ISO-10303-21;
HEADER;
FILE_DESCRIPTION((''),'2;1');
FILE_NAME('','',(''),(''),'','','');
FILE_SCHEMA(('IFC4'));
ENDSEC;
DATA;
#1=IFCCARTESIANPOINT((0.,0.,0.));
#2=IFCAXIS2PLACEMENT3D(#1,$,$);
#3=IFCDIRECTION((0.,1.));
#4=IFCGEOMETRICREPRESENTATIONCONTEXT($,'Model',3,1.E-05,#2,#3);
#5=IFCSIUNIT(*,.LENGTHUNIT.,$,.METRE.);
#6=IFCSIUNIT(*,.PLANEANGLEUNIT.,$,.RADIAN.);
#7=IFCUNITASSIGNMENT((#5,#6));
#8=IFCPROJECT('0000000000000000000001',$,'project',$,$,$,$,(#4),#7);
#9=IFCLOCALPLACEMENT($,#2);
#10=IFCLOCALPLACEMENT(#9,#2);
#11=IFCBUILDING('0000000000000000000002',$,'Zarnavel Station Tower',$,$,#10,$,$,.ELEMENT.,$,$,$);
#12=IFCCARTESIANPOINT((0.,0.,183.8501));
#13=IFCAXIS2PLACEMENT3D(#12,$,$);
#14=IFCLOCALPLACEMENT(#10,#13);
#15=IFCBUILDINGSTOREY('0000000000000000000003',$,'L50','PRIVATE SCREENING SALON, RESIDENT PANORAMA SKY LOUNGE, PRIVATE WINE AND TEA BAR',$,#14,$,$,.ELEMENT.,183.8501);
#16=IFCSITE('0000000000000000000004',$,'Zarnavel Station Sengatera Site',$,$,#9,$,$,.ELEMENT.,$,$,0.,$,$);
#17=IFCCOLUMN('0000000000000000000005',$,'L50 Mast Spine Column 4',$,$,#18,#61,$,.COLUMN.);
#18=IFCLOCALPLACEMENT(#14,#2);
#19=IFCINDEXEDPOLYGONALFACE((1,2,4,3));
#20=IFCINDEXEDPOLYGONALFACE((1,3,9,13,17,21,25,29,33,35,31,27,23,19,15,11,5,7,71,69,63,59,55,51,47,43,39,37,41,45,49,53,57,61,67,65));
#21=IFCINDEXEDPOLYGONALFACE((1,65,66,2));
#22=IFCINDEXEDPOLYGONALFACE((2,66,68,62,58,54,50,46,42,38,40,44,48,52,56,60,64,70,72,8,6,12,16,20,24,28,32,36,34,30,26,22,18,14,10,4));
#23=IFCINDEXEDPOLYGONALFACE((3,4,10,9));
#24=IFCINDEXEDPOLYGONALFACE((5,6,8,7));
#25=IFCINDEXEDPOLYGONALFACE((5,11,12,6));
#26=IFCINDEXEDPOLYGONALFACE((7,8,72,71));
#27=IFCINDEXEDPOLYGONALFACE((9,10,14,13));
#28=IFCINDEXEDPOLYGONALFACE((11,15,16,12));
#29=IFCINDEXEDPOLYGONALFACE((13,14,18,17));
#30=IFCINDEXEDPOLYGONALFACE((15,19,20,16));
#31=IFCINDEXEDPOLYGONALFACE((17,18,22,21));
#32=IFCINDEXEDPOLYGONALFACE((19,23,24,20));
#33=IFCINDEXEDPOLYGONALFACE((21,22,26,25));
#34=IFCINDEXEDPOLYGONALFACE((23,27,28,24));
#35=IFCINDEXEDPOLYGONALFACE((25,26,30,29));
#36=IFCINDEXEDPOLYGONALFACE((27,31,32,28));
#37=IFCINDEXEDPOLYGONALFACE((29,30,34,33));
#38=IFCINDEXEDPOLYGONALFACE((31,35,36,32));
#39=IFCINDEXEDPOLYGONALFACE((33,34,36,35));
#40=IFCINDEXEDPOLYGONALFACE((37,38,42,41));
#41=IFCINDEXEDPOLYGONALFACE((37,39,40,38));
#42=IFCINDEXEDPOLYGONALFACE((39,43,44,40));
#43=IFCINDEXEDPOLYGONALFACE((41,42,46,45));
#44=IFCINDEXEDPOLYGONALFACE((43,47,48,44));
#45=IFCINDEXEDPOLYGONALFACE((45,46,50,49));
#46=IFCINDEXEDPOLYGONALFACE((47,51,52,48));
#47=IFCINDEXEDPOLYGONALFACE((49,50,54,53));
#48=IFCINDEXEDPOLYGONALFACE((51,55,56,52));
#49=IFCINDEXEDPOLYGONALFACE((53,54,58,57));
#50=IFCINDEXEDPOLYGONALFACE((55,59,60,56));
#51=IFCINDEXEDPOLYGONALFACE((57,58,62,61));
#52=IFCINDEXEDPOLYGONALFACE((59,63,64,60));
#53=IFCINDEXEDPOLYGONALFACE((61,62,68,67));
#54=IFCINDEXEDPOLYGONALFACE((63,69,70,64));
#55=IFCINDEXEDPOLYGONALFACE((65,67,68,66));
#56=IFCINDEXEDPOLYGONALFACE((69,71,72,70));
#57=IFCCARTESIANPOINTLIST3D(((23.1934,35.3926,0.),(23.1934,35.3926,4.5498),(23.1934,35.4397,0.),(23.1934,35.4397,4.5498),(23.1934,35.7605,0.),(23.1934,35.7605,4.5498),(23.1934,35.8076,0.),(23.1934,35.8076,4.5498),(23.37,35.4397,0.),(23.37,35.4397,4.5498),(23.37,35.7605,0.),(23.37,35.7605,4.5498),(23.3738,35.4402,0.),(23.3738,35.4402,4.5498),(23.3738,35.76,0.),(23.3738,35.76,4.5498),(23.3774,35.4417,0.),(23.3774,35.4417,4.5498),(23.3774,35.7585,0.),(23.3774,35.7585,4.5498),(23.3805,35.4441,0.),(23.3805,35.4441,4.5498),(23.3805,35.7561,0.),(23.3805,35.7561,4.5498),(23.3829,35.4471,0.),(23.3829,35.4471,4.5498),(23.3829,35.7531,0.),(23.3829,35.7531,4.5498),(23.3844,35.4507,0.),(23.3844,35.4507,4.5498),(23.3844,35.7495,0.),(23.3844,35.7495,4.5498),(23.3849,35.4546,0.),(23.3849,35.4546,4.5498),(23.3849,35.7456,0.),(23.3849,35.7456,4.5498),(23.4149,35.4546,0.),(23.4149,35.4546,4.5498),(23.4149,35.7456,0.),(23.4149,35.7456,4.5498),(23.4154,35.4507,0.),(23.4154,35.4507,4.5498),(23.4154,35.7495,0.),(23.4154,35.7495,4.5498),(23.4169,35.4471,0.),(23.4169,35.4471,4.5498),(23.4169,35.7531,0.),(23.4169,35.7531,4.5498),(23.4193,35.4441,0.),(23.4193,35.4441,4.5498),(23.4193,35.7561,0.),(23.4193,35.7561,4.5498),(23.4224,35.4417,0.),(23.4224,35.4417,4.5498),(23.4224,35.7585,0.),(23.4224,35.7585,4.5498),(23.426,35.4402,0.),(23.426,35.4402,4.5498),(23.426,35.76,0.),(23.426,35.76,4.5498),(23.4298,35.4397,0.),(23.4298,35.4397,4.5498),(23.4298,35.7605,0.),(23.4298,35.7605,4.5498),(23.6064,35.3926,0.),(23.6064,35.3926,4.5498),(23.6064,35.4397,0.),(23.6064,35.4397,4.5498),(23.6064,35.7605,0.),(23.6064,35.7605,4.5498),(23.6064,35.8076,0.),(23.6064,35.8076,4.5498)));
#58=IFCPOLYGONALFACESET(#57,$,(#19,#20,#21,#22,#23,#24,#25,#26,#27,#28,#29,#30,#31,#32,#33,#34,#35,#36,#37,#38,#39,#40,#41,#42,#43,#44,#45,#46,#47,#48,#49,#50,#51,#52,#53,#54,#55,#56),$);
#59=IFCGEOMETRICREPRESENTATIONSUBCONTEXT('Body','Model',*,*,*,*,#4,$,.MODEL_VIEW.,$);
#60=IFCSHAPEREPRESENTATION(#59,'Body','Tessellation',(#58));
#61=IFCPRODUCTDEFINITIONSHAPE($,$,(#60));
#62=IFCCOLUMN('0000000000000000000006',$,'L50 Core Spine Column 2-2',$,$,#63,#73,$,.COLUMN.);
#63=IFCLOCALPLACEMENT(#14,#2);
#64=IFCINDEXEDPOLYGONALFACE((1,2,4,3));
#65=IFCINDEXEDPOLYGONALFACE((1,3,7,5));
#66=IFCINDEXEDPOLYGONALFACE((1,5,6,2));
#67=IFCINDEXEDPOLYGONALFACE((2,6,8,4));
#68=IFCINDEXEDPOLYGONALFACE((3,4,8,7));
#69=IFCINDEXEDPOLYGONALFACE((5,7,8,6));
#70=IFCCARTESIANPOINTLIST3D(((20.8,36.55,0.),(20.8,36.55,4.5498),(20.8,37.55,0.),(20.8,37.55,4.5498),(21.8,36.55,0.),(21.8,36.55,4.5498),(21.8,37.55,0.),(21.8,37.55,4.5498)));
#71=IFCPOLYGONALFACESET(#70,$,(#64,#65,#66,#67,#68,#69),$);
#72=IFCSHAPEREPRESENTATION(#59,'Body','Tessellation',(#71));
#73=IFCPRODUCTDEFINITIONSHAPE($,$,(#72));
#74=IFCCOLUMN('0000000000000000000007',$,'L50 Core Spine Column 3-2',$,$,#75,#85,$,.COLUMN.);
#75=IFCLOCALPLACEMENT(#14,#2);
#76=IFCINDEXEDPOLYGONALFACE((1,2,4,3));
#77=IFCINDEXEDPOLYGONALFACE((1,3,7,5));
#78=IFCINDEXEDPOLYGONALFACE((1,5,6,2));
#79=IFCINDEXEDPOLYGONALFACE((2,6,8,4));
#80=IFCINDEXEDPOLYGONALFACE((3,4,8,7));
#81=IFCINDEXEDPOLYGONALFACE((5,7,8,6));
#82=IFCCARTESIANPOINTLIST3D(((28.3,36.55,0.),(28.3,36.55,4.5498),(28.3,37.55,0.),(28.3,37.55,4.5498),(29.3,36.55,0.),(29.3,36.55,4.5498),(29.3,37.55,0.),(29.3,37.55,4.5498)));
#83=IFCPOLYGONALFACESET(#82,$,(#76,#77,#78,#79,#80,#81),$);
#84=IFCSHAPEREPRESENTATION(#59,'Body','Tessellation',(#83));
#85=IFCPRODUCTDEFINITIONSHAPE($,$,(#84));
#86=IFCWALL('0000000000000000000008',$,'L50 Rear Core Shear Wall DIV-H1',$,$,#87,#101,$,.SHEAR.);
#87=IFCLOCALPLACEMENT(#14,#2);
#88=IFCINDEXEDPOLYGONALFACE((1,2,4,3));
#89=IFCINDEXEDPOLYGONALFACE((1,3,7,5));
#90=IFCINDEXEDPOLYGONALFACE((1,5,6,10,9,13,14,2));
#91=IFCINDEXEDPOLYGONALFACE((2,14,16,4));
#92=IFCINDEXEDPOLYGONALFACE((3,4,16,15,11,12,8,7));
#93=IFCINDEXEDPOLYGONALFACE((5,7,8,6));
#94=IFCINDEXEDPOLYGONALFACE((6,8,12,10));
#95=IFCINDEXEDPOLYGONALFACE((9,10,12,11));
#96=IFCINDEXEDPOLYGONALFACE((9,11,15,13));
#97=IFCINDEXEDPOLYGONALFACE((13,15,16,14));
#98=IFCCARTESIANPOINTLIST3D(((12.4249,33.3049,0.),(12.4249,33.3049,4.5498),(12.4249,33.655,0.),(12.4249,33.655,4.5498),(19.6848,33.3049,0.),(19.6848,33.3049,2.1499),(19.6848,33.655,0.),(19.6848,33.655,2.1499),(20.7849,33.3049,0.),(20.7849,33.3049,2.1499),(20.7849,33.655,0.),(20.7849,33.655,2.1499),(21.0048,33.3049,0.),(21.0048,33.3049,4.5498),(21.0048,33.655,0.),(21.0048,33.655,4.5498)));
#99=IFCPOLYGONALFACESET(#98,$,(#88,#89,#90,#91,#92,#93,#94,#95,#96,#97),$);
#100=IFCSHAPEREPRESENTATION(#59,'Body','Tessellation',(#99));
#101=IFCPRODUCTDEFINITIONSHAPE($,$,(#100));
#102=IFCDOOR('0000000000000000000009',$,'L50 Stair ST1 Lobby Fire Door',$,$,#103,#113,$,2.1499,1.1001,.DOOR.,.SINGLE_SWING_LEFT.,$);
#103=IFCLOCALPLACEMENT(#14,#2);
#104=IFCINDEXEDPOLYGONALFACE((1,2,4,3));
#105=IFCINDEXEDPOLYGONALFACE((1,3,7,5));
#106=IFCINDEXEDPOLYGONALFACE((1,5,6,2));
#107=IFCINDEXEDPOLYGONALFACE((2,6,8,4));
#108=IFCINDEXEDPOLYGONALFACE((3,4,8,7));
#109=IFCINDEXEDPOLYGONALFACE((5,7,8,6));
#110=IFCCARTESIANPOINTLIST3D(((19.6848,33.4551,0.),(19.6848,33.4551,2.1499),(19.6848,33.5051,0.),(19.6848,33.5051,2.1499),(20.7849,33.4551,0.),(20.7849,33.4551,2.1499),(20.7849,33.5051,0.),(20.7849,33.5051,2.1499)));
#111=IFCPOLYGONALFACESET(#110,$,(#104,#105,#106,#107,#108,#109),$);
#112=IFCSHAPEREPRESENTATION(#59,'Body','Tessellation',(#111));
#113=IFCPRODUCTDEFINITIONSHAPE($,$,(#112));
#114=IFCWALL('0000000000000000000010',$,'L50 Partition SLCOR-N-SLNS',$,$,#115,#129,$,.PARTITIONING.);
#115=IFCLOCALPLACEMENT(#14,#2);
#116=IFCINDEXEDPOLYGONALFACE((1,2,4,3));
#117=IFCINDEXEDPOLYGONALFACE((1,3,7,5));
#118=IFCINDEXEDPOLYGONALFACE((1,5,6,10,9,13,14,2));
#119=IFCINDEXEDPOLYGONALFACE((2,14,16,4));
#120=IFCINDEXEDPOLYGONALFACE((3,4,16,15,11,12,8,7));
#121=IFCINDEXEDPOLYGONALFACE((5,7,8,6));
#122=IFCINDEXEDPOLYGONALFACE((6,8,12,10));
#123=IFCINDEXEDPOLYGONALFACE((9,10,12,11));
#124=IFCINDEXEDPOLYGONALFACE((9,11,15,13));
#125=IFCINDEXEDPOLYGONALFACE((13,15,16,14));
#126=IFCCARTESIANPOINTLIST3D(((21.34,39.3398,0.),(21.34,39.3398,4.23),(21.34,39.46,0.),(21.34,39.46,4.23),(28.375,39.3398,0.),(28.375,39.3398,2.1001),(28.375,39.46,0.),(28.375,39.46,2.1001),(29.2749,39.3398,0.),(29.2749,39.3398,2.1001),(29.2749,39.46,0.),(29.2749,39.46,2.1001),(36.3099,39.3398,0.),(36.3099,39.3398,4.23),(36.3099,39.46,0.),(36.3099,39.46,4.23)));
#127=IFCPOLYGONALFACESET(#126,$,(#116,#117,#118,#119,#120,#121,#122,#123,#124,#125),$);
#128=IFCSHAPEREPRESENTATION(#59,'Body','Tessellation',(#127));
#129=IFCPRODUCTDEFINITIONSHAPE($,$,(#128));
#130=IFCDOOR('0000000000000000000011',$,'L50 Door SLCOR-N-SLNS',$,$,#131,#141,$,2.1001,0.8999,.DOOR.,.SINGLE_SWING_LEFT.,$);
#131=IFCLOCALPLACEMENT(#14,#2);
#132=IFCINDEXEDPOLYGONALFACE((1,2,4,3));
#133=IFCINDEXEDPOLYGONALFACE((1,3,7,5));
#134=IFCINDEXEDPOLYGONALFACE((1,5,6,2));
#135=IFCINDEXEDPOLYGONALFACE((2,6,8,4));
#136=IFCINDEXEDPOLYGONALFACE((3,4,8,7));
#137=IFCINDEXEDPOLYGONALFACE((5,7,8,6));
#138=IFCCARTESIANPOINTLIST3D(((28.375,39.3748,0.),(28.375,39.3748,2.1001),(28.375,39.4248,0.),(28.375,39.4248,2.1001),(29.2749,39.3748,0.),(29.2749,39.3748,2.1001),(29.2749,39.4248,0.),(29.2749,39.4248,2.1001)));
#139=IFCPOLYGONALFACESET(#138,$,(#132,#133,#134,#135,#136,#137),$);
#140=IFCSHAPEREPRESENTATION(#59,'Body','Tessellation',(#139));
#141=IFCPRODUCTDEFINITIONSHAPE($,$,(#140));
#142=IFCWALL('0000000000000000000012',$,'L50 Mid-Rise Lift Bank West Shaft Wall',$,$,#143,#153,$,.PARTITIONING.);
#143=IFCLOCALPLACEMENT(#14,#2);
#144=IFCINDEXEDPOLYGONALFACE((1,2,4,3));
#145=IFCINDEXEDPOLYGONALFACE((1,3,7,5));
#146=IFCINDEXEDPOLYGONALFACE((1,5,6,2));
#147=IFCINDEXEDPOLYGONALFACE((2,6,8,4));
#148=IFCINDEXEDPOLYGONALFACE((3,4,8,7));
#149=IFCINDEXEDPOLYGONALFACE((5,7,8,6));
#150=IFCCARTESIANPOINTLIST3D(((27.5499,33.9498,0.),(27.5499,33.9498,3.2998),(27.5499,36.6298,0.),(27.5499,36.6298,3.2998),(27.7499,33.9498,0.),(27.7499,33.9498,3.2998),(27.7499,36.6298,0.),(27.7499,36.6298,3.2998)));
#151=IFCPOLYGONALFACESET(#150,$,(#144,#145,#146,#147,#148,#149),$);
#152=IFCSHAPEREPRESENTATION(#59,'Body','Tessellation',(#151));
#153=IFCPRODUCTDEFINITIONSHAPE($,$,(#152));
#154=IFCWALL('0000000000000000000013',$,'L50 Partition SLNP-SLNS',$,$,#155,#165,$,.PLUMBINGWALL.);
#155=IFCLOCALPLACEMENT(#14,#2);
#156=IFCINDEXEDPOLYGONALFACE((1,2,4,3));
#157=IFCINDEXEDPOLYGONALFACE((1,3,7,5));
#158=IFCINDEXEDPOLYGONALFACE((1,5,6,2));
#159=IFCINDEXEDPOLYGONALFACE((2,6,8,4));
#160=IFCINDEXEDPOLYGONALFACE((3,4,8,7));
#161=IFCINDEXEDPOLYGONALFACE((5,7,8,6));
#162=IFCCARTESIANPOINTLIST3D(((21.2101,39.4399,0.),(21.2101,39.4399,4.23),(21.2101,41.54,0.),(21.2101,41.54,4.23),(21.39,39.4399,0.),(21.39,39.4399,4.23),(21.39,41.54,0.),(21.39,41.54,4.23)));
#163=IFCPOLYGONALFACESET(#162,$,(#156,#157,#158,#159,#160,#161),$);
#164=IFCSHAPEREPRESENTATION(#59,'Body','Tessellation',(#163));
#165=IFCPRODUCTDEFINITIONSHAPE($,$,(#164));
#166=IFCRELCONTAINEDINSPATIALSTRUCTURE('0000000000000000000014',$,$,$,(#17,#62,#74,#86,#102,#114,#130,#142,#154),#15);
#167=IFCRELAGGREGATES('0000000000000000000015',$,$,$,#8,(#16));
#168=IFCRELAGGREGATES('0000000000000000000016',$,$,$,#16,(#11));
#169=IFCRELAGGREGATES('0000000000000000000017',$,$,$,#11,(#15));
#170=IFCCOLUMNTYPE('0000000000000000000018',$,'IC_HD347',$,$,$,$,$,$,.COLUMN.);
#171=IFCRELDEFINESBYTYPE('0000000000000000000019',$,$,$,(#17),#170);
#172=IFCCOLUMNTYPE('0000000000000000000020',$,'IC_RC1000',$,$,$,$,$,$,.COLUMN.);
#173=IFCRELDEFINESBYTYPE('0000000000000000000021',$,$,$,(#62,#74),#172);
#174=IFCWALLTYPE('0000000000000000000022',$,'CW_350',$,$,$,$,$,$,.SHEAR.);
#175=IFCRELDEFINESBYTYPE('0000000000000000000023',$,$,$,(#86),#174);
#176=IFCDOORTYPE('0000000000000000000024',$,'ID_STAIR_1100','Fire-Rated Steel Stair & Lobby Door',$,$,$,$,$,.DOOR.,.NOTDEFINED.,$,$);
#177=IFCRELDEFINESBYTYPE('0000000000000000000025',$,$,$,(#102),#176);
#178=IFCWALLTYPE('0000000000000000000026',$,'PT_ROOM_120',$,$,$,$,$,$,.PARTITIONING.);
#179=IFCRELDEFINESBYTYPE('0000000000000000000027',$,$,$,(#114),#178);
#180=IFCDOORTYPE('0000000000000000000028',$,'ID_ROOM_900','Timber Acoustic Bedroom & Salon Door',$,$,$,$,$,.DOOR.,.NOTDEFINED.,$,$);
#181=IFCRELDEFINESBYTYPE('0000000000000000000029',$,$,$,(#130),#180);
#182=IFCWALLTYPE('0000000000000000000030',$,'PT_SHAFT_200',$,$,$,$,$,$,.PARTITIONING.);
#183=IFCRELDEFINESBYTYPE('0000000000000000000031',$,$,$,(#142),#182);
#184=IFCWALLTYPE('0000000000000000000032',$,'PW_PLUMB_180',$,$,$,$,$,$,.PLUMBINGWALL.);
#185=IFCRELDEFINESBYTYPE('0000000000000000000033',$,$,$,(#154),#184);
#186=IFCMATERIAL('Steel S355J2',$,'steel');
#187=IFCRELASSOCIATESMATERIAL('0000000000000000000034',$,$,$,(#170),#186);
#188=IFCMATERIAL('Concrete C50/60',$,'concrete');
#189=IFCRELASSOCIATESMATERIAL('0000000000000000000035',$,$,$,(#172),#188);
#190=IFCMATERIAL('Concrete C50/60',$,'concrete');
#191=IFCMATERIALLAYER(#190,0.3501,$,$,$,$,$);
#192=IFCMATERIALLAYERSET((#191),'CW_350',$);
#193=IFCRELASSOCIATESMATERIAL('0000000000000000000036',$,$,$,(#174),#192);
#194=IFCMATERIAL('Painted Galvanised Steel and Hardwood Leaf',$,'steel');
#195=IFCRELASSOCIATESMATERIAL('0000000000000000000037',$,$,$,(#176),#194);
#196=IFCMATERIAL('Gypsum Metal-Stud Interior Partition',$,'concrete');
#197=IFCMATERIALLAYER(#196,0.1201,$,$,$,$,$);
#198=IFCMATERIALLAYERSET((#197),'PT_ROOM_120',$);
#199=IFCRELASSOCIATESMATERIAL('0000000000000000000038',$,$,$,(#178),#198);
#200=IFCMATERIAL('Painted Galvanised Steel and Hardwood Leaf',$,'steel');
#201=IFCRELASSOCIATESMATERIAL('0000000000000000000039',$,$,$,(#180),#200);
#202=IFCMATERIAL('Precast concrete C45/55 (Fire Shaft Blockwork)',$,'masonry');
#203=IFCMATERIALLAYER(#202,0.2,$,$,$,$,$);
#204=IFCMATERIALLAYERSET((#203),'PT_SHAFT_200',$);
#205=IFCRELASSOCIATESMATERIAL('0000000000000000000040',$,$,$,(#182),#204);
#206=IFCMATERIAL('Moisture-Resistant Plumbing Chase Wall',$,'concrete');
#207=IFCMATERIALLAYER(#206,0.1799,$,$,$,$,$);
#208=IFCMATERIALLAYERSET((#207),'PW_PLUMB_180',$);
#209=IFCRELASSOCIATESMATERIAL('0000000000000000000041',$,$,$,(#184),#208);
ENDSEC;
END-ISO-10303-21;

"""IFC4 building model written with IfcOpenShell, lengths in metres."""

from ifc_helpers import new_model, si_unit, direction, frame, frame_2d, origin, origin_2d, place, context, subcontext, project, spatial, rectangle, i_section, extrude, material, layer, layer_set, material_profile, profile_set, type_object, element, fill, save


model = new_model("IFC4")

# Units and contexts
model_context = context("Model", 3, precision=1e-05, world=origin(), true_north=direction((0.0, 1.0)))
body_context = subcontext(model_context, "Body", "Model", "MODEL_VIEW")
ifc_project = project(units=[si_unit("LENGTHUNIT", "METRE"), si_unit("PLANEANGLEUNIT", "RADIAN")], contexts=[model_context])

# Site, building, storey
site_placement = place(None, origin())
site = spatial("IfcSite", under=ifc_project, at=site_placement, Name="Zarnavel Station Sengatera Site", CompositionType="ELEMENT", RefElevation=0.0)
building_placement = place(site_placement, origin())
building = spatial("IfcBuilding", under=site, at=building_placement, Name="Zarnavel Station Tower", CompositionType="ELEMENT")
storey_placement = place(building_placement, frame((0.0, 0.0, 183.8501)))
storey = spatial("IfcBuildingStorey", under=building, at=storey_placement, Name="L50", Description="PRIVATE SCREENING SALON, RESIDENT PANORAMA SKY LOUNGE, PRIVATE WINE AND TEA BAR", CompositionType="ELEMENT", Elevation=183.8501)

# Columns
ifc_material_1 = material(Name="Steel S355J2", Category="steel")
ifc_material_profile_1 = material_profile(ifc_material_1, i_section(OverallWidth=0.4131, OverallDepth=0.415, WebThickness=0.03, FlangeThickness=0.0471, FilletRadius=0.0149, at=origin_2d()), Name="HD400x347")
ifc_profile_set_1 = profile_set([ifc_material_profile_1], Name="Steel S355J2")
column_type_1 = type_object("IfcColumnType", Name="IC_HD347", PredefinedType="COLUMN", material=ifc_profile_set_1)
column_placement = place(storey_placement, frame((23.3999, 35.6001, 0.0), z_axis=(0.0, 0.0, 1.0), x_axis=(1.0, 0.0, 0.0)))
element("IfcColumn", 1, at=column_placement, inside=storey, type_object=column_type_1, Name="L50 Mast Spine Column 4", PredefinedType="COLUMN", context=body_context, shape_type="SweptSolid", body=[
    extrude(i_section(OverallWidth=0.4131, OverallDepth=0.415, WebThickness=0.03, FlangeThickness=0.0471, FilletRadius=0.0149, at=origin_2d()), origin(), (0.0, 0.0, 1.0), 4.5498),
])
ifc_material_2 = material(Name="Concrete C50/60", Category="concrete")
ifc_material_profile_2 = material_profile(ifc_material_2, rectangle(XDim=1.0, YDim=1.0, at=origin_2d()), Name="RC1000x1000")
ifc_profile_set_2 = profile_set([ifc_material_profile_2], Name="Concrete C50/60")
column_type_2 = type_object("IfcColumnType", Name="IC_RC1000", PredefinedType="COLUMN", material=ifc_profile_set_2)
for number, where, z_axis, x_axis, name in (
    (2, (21.3, 37.05, 0.0), (0.0, 0.0, 1.0), (1.0, 0.0, 0.0), "L50 Core Spine Column 2-2"),
    (3, (28.8, 37.05, 0.0), (0.0, 0.0, 1.0), (1.0, 0.0, 0.0), "L50 Core Spine Column 3-2"),
):
    element("IfcColumn", number, at=place(storey_placement, frame(where, z_axis=z_axis, x_axis=x_axis)), inside=storey, type_object=column_type_2, Name=name, PredefinedType="COLUMN", context=body_context, shape_type="SweptSolid", body=[
        extrude(rectangle(XDim=1.0, YDim=1.0, at=origin_2d()), origin(), (0.0, 0.0, 1.0), 4.5498),
    ])

# Walls, openings, doors
ifc_material_3 = material(Name="Concrete C50/60", Category="concrete")
ifc_layer_1 = layer(ifc_material_3, 0.3501)
ifc_layer_set_1 = layer_set([ifc_layer_1], Name="CW_350")
wall_type_1 = type_object("IfcWallType", Name="CW_350", PredefinedType="SHEAR", material=ifc_layer_set_1)
wall_1_placement = place(storey_placement, frame((21.0049, 33.48, 0.0), z_axis=(0.0, 0.0, 1.0), x_axis=(-1.0, 0.0, 0.0)))
wall_1 = element("IfcWall", 4, at=wall_1_placement, inside=storey, type_object=wall_type_1, Name="L50 Rear Core Shear Wall DIV-H1", PredefinedType="SHEAR", context=body_context, shape_type="SweptSolid", body=[
    extrude(rectangle(XDim=8.5798, YDim=0.3501, at=frame_2d((4.29, 0.0))), origin(), (0.0, 0.0, 1.0), 4.5498),
])
opening_1_placement = place(wall_1_placement, frame((0.22, 0.0, 0.0)))
opening_1 = element("IfcOpeningElement", 5, at=opening_1_placement, cuts=wall_1, PredefinedType="OPENING", context=body_context, shape_type="SweptSolid", body=[
    extrude(rectangle(XDim=1.1001, YDim=2.1499, at=frame_2d((0.55, 1.075))), frame((0.0, 0.1851, 0.0), z_axis=(0.0, -1.0, 0.0), x_axis=(1.0, 0.0, 0.0)), (0.0, 0.0, 1.0), 0.3701),
])
ifc_material_4 = material(Name="Painted Galvanised Steel and Hardwood Leaf", Category="steel")
door_type_1 = type_object("IfcDoorType", Name="ID_STAIR_1100", Description="Fire-Rated Steel Stair & Lobby Door", OperationType="NOTDEFINED", PredefinedType="DOOR", material=ifc_material_4)
door_1_placement = place(opening_1_placement, origin())
door_1 = element("IfcDoor", 6, at=door_1_placement, inside=storey, type_object=door_type_1, Name="L50 Stair ST1 Lobby Fire Door", OperationType="SINGLE_SWING_LEFT", OverallHeight=2.1499, OverallWidth=1.1001, PredefinedType="DOOR", context=body_context, shape_type="SweptSolid", body=[
    extrude(rectangle(XDim=1.1001, YDim=2.1499, at=frame_2d((0.55, 1.075))), frame((0.0, 0.0249, 0.0), z_axis=(0.0, -1.0, 0.0), x_axis=(1.0, 0.0, 0.0)), (0.0, 0.0, 1.0), 0.05),
])
fill(opening_1, door_1)
ifc_material_5 = material(Name="Gypsum Metal-Stud Interior Partition", Category="concrete")
ifc_layer_2 = layer(ifc_material_5, 0.1201)
ifc_layer_set_2 = layer_set([ifc_layer_2], Name="PT_ROOM_120")
wall_type_2 = type_object("IfcWallType", Name="PT_ROOM_120", PredefinedType="PARTITIONING", material=ifc_layer_set_2)
wall_2_placement = place(storey_placement, frame((21.3401, 39.3999, 0.0), z_axis=(0.0, 0.0, 1.0), x_axis=(1.0, 0.0, 0.0)))
wall_2 = element("IfcWall", 7, at=wall_2_placement, inside=storey, type_object=wall_type_2, Name="L50 Partition SLCOR-N-SLNS", PredefinedType="PARTITIONING", context=body_context, shape_type="SweptSolid", body=[
    extrude(rectangle(XDim=14.97, YDim=0.1201, at=frame_2d((7.4849, 0.0))), origin(), (0.0, 0.0, 1.0), 4.23),
])
opening_2_placement = place(wall_2_placement, frame((7.0349, 0.0, 0.0)))
opening_2 = element("IfcOpeningElement", 8, at=opening_2_placement, cuts=wall_2, PredefinedType="OPENING", context=body_context, shape_type="SweptSolid", body=[
    extrude(rectangle(XDim=0.8999, YDim=2.1001, at=frame_2d((0.45, 1.05))), frame((0.0, 0.0701, 0.0), z_axis=(0.0, -1.0, 0.0), x_axis=(1.0, 0.0, 0.0)), (0.0, 0.0, 1.0), 0.1401),
])
ifc_material_6 = material(Name="Painted Galvanised Steel and Hardwood Leaf", Category="steel")
door_type_2 = type_object("IfcDoorType", Name="ID_ROOM_900", Description="Timber Acoustic Bedroom & Salon Door", OperationType="NOTDEFINED", PredefinedType="DOOR", material=ifc_material_6)
door_2_placement = place(opening_2_placement, origin())
door_2 = element("IfcDoor", 9, at=door_2_placement, inside=storey, type_object=door_type_2, Name="L50 Door SLCOR-N-SLNS", OperationType="SINGLE_SWING_LEFT", OverallHeight=2.1001, OverallWidth=0.8999, PredefinedType="DOOR", context=body_context, shape_type="SweptSolid", body=[
    extrude(rectangle(XDim=0.8999, YDim=2.1001, at=frame_2d((0.45, 1.05))), frame((0.0, 0.0249, 0.0), z_axis=(0.0, -1.0, 0.0), x_axis=(1.0, 0.0, 0.0)), (0.0, 0.0, 1.0), 0.05),
])
fill(opening_2, door_2)
ifc_material_7 = material(Name="Precast concrete C45/55 (Fire Shaft Blockwork)", Category="masonry")
ifc_layer_3 = layer(ifc_material_7, 0.2)
ifc_layer_set_3 = layer_set([ifc_layer_3], Name="PT_SHAFT_200")
wall_type_3 = type_object("IfcWallType", Name="PT_SHAFT_200", PredefinedType="PARTITIONING", material=ifc_layer_set_3)

# Wall
wall_3_placement = place(storey_placement, frame((27.6499, 33.95, 0.0), z_axis=(0.0, 0.0, 1.0), x_axis=(0.0, 1.0, 0.0)))
element("IfcWall", 10, at=wall_3_placement, inside=storey, type_object=wall_type_3, Name="L50 Mid-Rise Lift Bank West Shaft Wall", PredefinedType="PARTITIONING", context=body_context, shape_type="SweptSolid", body=[
    extrude(rectangle(XDim=2.6799, YDim=0.2, at=frame_2d((1.3398, 0.0))), origin(), (0.0, 0.0, 1.0), 3.2998),
])

# Wall
ifc_material_8 = material(Name="Moisture-Resistant Plumbing Chase Wall", Category="concrete")
ifc_layer_4 = layer(ifc_material_8, 0.1799)
ifc_layer_set_4 = layer_set([ifc_layer_4], Name="PW_PLUMB_180")
wall_type_4 = type_object("IfcWallType", Name="PW_PLUMB_180", PredefinedType="PLUMBINGWALL", material=ifc_layer_set_4)
wall_4_placement = place(storey_placement, frame((21.3, 39.4399, 0.0), z_axis=(0.0, 0.0, 1.0), x_axis=(0.0, 1.0, 0.0)))
element("IfcWall", 11, at=wall_4_placement, inside=storey, type_object=wall_type_4, Name="L50 Partition SLNP-SLNS", PredefinedType="PLUMBINGWALL", context=body_context, shape_type="SweptSolid", body=[
    extrude(rectangle(XDim=2.1001, YDim=0.1799, at=frame_2d((1.05, 0.0))), origin(), (0.0, 0.0, 1.0), 4.23),
])

save(model, "model.ifc")
